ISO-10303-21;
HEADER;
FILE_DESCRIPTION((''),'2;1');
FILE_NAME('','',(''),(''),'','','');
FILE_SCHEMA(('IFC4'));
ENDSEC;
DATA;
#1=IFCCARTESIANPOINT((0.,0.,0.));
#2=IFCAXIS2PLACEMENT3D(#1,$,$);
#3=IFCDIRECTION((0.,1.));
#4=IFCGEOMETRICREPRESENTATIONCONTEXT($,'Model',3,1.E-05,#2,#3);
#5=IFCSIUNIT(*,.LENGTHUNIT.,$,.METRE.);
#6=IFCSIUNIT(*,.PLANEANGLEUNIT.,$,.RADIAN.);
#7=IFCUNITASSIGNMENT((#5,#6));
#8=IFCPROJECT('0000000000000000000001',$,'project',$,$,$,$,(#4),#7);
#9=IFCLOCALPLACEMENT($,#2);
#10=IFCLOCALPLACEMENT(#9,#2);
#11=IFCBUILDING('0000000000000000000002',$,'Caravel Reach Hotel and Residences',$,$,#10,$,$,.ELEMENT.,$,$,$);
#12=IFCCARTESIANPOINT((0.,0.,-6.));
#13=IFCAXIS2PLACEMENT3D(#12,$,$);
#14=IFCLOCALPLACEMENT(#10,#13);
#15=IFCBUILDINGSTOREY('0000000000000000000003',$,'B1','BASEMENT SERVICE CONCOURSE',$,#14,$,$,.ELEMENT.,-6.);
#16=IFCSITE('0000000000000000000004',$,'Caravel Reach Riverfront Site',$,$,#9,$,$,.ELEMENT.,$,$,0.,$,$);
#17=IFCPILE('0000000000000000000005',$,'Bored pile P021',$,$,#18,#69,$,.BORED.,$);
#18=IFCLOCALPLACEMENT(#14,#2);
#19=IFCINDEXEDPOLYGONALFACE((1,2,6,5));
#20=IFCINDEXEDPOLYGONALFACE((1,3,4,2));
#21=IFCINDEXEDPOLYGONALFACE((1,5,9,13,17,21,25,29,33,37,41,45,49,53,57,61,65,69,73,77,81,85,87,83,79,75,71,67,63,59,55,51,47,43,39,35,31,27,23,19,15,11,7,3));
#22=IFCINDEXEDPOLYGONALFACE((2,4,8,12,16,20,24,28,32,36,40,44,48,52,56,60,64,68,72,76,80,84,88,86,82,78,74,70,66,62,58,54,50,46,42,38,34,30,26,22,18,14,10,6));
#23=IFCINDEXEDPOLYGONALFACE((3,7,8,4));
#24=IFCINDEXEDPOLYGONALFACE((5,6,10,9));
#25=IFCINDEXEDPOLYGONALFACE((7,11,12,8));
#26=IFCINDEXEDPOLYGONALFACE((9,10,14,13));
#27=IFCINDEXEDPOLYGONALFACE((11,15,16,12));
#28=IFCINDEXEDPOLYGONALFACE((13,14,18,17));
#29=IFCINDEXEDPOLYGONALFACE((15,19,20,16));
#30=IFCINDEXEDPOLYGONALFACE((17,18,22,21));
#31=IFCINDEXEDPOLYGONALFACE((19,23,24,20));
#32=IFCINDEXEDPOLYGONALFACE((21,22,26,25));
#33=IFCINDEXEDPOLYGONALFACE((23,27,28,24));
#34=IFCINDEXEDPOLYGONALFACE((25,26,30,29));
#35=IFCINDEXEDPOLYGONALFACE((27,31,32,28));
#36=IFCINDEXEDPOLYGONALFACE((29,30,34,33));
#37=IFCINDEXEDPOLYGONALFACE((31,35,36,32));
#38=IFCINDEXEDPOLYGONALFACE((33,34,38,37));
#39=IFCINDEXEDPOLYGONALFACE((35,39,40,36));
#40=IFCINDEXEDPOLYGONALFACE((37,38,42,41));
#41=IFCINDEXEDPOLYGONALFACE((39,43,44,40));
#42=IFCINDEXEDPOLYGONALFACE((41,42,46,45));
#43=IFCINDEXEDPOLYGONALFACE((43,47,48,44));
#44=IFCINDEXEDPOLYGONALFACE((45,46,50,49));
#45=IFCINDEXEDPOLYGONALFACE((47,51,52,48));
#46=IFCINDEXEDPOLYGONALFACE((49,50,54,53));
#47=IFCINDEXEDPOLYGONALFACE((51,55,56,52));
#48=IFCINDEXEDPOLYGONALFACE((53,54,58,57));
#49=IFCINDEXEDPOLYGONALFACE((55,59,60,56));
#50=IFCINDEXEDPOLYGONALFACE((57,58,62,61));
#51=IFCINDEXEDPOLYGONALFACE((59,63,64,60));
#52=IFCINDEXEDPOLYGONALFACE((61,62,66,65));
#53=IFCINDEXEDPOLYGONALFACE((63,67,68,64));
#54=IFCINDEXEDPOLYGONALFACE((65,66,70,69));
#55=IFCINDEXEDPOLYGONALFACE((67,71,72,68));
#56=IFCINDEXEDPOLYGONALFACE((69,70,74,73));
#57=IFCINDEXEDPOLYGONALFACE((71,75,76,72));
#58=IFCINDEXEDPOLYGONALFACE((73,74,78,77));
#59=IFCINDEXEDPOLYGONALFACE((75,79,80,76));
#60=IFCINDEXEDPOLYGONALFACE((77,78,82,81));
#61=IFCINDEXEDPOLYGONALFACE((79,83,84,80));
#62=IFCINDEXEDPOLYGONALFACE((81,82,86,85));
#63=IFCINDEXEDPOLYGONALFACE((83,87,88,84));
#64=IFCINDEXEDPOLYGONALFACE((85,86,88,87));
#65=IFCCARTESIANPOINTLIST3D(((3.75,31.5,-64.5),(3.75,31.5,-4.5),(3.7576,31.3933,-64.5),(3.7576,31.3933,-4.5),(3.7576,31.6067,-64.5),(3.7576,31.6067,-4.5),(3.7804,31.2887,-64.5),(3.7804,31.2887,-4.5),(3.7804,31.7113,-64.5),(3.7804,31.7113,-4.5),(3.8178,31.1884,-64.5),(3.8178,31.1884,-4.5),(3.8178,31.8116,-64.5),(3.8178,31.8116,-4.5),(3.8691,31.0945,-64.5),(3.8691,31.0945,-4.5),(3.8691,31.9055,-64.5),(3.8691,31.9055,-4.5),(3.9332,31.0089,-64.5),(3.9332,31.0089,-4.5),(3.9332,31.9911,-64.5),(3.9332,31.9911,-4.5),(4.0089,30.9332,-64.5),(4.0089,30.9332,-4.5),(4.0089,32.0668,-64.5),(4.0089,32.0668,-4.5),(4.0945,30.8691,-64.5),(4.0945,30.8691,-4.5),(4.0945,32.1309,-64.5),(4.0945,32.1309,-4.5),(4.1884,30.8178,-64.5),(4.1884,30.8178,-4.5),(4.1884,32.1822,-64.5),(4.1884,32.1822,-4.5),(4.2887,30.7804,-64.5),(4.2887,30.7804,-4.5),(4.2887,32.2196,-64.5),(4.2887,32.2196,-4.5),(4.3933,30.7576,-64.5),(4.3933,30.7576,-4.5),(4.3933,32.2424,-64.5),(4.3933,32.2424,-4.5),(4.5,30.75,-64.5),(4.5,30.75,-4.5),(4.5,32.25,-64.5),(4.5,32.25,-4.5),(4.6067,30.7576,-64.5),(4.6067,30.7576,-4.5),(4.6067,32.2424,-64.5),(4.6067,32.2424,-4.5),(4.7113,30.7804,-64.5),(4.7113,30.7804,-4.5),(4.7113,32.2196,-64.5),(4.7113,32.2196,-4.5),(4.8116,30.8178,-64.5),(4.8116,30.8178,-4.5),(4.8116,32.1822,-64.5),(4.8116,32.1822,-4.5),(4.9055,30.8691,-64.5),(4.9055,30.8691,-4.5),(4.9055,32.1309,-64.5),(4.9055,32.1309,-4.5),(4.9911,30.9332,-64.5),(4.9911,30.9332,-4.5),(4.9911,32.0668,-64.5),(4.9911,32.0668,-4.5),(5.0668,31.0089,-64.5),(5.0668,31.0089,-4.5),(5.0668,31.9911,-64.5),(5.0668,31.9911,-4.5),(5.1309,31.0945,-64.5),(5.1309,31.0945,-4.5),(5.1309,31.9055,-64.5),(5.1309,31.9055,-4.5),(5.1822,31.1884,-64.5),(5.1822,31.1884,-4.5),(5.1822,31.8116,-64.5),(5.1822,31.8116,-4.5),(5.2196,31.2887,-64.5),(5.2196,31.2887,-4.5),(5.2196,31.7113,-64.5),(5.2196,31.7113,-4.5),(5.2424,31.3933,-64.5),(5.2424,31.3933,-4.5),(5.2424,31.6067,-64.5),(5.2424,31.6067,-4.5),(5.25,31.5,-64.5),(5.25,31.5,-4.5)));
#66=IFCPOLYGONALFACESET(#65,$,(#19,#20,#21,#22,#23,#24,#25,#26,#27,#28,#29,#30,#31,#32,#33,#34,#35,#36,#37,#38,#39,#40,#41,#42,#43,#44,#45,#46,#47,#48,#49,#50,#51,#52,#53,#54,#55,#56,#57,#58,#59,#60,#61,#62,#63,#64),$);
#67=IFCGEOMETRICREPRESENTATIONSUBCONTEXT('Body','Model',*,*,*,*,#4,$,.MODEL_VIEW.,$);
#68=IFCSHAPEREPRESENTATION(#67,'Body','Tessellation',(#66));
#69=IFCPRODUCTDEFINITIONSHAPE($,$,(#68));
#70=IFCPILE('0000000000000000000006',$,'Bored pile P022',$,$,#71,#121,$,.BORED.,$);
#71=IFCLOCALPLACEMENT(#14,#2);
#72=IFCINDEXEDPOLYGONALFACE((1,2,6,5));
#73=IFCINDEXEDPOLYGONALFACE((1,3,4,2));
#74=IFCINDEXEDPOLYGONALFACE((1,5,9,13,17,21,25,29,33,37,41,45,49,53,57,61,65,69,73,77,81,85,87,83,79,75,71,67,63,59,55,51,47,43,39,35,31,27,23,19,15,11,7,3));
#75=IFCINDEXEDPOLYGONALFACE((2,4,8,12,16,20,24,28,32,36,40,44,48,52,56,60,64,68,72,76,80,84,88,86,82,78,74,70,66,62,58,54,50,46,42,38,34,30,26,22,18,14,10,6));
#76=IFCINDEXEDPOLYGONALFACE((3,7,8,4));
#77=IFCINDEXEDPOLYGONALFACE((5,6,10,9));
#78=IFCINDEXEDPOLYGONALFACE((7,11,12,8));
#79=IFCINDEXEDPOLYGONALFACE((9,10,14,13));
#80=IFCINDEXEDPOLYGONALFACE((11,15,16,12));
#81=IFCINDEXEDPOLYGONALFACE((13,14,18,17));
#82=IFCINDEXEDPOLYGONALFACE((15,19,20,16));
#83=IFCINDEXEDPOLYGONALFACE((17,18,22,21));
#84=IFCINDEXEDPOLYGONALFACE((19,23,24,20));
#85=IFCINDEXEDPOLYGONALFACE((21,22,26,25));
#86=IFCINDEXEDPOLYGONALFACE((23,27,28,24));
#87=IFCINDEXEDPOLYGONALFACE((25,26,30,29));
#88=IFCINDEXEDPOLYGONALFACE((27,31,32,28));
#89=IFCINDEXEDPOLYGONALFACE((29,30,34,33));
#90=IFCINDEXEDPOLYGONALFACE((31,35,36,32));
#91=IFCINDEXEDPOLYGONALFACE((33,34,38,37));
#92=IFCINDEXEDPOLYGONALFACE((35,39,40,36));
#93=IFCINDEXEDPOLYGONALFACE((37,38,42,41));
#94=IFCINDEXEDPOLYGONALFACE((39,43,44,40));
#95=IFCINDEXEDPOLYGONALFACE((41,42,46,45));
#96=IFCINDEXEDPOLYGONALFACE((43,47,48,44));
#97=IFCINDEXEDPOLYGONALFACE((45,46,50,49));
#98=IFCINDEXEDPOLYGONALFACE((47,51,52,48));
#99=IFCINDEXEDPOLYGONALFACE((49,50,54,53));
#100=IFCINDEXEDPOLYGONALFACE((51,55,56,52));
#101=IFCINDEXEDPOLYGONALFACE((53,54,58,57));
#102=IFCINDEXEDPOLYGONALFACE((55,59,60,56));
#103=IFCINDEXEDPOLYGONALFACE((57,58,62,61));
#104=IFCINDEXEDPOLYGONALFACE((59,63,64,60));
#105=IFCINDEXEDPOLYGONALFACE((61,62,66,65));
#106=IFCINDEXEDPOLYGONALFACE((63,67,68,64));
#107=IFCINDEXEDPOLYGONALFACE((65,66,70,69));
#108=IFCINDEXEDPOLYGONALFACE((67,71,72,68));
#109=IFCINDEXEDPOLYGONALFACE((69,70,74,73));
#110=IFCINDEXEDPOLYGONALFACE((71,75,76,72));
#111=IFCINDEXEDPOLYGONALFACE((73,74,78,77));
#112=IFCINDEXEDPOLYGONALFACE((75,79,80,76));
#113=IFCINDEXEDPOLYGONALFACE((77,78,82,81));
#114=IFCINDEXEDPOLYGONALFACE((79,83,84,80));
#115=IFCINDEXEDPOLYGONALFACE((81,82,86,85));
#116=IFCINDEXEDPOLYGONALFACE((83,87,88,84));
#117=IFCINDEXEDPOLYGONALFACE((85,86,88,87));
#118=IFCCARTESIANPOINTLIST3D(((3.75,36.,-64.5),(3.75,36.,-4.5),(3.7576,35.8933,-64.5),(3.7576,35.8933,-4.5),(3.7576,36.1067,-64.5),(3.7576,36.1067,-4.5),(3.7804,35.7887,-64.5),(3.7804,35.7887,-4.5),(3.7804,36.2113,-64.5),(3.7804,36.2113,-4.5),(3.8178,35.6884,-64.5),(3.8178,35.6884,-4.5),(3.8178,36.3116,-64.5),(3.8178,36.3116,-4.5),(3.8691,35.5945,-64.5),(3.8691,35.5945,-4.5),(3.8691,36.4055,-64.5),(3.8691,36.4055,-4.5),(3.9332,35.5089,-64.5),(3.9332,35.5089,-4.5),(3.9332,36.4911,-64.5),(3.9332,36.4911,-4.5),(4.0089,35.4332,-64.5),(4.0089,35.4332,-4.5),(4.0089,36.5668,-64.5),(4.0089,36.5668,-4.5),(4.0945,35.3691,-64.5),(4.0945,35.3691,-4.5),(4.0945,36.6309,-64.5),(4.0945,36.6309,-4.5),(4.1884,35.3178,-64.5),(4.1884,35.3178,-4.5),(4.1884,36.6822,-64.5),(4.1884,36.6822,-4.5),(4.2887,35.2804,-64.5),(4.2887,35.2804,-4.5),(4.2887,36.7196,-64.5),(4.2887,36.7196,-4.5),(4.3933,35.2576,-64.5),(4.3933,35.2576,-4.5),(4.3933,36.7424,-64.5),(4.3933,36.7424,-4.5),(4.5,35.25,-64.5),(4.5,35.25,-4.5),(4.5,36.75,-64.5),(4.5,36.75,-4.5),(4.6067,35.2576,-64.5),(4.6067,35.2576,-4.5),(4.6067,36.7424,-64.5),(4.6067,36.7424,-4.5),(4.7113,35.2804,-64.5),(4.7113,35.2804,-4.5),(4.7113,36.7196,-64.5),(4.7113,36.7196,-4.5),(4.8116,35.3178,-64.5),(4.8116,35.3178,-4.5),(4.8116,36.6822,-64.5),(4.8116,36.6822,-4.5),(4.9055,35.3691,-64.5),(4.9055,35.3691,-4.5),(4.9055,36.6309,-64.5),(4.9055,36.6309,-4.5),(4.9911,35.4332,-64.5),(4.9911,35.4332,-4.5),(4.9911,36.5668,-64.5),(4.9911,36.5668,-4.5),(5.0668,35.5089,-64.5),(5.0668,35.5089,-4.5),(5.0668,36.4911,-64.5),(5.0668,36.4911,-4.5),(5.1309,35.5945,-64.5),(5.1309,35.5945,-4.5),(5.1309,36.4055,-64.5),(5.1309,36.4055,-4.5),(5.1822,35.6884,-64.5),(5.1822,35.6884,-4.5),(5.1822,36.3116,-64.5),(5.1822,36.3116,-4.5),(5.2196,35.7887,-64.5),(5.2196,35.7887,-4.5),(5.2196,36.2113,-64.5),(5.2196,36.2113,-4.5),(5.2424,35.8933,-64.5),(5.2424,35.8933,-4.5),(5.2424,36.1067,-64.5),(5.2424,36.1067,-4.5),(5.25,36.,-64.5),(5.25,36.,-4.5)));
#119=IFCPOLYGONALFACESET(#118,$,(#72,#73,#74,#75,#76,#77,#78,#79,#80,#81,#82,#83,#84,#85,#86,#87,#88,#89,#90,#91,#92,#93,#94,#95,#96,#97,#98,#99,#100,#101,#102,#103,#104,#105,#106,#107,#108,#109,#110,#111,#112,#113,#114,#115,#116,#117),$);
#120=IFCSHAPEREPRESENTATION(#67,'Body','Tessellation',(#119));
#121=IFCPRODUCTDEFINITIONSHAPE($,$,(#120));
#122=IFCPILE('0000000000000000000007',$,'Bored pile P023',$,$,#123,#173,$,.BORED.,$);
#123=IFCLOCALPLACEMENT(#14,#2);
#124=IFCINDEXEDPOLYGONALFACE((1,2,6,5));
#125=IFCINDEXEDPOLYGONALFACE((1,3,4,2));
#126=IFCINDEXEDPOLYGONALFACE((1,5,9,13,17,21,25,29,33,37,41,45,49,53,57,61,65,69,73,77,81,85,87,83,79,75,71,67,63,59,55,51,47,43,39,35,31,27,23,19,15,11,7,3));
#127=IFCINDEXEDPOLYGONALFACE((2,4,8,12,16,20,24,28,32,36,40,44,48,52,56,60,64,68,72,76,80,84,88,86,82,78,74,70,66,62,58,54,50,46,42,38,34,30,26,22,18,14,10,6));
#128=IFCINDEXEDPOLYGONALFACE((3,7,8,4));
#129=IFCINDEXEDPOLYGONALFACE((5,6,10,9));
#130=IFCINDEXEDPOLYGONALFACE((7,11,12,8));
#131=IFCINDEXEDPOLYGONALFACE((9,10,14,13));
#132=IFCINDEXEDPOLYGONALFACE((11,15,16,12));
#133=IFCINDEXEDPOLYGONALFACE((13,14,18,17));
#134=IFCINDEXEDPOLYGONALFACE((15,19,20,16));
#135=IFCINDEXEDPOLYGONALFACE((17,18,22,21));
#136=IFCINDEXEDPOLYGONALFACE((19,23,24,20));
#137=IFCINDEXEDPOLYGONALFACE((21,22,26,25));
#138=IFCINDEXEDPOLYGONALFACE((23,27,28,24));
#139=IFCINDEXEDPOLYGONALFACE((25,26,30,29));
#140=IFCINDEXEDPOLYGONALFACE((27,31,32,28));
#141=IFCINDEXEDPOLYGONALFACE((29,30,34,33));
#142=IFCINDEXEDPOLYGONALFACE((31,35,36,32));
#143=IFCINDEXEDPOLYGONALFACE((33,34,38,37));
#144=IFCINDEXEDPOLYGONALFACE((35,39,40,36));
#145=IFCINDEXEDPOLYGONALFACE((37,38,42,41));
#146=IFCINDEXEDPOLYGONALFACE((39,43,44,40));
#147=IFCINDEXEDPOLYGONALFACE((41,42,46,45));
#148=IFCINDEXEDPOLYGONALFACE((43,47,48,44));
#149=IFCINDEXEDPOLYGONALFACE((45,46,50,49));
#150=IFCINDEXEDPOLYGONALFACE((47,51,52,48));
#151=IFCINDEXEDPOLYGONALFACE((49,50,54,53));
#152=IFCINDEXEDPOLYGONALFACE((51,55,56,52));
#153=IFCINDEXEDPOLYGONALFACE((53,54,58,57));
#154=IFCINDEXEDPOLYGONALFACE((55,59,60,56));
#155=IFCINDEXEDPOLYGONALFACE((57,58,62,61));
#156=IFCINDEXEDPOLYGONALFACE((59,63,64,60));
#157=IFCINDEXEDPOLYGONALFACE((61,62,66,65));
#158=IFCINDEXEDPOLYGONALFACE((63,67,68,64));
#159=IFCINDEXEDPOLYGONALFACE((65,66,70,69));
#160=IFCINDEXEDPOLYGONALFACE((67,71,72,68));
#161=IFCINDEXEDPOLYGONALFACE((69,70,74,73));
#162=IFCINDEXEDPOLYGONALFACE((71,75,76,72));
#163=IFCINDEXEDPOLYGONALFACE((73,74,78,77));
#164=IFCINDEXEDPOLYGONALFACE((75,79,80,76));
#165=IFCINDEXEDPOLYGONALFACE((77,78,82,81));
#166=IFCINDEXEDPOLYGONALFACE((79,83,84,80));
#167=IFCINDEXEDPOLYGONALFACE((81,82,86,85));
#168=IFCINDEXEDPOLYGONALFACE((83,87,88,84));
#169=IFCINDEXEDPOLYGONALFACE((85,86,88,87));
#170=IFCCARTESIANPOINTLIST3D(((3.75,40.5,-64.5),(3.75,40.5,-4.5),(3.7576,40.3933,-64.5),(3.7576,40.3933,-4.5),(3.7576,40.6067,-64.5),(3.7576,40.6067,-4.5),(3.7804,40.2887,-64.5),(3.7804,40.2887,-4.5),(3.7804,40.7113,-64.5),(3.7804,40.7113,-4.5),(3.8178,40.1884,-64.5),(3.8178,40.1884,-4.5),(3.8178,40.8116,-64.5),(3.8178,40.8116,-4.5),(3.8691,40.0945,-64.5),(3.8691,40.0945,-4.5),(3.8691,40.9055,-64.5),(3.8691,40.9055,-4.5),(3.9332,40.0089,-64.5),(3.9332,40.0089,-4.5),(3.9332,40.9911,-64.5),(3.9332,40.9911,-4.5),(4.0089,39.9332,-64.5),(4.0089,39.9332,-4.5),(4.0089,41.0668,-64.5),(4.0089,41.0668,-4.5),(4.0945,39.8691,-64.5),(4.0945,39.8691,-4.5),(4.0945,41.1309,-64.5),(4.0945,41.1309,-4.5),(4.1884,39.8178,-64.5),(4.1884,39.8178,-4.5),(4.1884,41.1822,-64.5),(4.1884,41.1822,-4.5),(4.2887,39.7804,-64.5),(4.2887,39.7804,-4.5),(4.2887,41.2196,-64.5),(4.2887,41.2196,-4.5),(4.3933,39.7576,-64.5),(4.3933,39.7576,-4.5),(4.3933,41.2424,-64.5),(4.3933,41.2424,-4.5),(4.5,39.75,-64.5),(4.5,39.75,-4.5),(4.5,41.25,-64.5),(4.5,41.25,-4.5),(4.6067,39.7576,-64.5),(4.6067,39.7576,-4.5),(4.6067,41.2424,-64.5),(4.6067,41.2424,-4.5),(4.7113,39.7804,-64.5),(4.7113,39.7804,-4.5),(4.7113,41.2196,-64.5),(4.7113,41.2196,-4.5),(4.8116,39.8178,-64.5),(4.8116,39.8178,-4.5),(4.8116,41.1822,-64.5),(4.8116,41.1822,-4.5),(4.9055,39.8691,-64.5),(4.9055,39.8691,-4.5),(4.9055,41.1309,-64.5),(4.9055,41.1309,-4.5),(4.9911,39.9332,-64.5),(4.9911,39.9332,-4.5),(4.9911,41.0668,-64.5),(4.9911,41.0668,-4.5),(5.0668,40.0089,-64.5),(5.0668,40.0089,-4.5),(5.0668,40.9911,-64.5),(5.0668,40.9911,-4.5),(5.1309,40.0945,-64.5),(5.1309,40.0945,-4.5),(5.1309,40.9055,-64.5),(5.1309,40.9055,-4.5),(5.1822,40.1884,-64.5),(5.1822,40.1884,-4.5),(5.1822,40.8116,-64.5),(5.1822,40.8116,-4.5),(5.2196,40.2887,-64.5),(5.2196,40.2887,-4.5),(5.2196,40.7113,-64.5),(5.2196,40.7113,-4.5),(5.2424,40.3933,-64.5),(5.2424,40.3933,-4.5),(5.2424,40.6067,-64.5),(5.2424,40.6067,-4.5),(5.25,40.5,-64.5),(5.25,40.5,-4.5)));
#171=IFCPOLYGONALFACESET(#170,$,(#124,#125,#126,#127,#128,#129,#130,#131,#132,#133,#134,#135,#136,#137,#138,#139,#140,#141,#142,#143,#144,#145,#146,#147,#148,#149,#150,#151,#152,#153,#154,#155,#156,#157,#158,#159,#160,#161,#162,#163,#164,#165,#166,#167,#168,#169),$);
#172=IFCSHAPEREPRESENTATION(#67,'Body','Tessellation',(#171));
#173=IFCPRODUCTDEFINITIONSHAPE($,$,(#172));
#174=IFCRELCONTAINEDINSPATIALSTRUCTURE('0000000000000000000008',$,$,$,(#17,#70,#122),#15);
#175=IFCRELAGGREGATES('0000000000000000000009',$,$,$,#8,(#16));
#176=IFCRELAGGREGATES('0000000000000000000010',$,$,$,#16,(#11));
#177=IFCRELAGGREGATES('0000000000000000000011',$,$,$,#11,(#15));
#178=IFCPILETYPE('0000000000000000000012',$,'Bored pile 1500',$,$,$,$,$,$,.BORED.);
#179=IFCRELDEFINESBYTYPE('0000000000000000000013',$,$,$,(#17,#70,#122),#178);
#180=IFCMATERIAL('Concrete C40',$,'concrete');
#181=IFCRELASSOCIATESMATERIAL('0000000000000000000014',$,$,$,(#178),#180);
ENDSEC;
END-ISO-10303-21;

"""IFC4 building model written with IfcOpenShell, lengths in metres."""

from ifc_helpers import new_model, si_unit, direction, frame, origin, origin_2d, place, context, subcontext, project, spatial, circle, extrude, material, material_profile, profile_set, type_object, element, save


model = new_model("IFC4")

# Units and contexts
model_context = context("Model", 3, precision=1e-05, world=origin(), true_north=direction((0.0, 1.0)))
body_context = subcontext(model_context, "Body", "Model", "MODEL_VIEW")
ifc_project = project(units=[si_unit("LENGTHUNIT", "METRE"), si_unit("PLANEANGLEUNIT", "RADIAN")], contexts=[model_context])

# Site, building, storey
site_placement = place(None, origin())
site = spatial("IfcSite", under=ifc_project, at=site_placement, Name="Caravel Reach Riverfront Site", CompositionType="ELEMENT", RefElevation=0.0)
building_placement = place(site_placement, origin())
building = spatial("IfcBuilding", under=site, at=building_placement, Name="Caravel Reach Hotel and Residences", CompositionType="ELEMENT")
storey_placement = place(building_placement, frame((0.0, 0.0, -6.0)))
storey = spatial("IfcBuildingStorey", under=building, at=storey_placement, Name="B1", Description="BASEMENT SERVICE CONCOURSE", CompositionType="ELEMENT", Elevation=-6.0)

# Piles
ifc_material_1 = material(Name="Concrete C40", Category="concrete")
ifc_material_profile_1 = material_profile(ifc_material_1, circle(Radius=0.75, at=origin_2d()), Name="PILE 1500")
ifc_profile_set_1 = profile_set([ifc_material_profile_1], Name="Concrete C40")
pile_type = type_object("IfcPileType", Name="Bored pile 1500", PredefinedType="BORED", material=ifc_profile_set_1)
for number, where, z_axis, x_axis, name in (
    (1, (4.5, 31.5, -4.5), (0.0, 0.0, -1.0), (1.0, 0.0, 0.0), "Bored pile P021"),
    (2, (4.5, 36.0, -4.5), (0.0, 0.0, -1.0), (1.0, 0.0, 0.0), "Bored pile P022"),
    (3, (4.5, 40.5, -4.5), (0.0, 0.0, -1.0), (1.0, 0.0, 0.0), "Bored pile P023"),
):
    element("IfcPile", number, at=place(storey_placement, frame(where, z_axis=z_axis, x_axis=x_axis)), inside=storey, type_object=pile_type, Name=name, PredefinedType="BORED", context=body_context, shape_type="SweptSolid", body=[
        extrude(circle(Radius=0.75, at=origin_2d()), origin(), (0.0, 0.0, 1.0), 60.0),
    ])

save(model, "model.ifc")
